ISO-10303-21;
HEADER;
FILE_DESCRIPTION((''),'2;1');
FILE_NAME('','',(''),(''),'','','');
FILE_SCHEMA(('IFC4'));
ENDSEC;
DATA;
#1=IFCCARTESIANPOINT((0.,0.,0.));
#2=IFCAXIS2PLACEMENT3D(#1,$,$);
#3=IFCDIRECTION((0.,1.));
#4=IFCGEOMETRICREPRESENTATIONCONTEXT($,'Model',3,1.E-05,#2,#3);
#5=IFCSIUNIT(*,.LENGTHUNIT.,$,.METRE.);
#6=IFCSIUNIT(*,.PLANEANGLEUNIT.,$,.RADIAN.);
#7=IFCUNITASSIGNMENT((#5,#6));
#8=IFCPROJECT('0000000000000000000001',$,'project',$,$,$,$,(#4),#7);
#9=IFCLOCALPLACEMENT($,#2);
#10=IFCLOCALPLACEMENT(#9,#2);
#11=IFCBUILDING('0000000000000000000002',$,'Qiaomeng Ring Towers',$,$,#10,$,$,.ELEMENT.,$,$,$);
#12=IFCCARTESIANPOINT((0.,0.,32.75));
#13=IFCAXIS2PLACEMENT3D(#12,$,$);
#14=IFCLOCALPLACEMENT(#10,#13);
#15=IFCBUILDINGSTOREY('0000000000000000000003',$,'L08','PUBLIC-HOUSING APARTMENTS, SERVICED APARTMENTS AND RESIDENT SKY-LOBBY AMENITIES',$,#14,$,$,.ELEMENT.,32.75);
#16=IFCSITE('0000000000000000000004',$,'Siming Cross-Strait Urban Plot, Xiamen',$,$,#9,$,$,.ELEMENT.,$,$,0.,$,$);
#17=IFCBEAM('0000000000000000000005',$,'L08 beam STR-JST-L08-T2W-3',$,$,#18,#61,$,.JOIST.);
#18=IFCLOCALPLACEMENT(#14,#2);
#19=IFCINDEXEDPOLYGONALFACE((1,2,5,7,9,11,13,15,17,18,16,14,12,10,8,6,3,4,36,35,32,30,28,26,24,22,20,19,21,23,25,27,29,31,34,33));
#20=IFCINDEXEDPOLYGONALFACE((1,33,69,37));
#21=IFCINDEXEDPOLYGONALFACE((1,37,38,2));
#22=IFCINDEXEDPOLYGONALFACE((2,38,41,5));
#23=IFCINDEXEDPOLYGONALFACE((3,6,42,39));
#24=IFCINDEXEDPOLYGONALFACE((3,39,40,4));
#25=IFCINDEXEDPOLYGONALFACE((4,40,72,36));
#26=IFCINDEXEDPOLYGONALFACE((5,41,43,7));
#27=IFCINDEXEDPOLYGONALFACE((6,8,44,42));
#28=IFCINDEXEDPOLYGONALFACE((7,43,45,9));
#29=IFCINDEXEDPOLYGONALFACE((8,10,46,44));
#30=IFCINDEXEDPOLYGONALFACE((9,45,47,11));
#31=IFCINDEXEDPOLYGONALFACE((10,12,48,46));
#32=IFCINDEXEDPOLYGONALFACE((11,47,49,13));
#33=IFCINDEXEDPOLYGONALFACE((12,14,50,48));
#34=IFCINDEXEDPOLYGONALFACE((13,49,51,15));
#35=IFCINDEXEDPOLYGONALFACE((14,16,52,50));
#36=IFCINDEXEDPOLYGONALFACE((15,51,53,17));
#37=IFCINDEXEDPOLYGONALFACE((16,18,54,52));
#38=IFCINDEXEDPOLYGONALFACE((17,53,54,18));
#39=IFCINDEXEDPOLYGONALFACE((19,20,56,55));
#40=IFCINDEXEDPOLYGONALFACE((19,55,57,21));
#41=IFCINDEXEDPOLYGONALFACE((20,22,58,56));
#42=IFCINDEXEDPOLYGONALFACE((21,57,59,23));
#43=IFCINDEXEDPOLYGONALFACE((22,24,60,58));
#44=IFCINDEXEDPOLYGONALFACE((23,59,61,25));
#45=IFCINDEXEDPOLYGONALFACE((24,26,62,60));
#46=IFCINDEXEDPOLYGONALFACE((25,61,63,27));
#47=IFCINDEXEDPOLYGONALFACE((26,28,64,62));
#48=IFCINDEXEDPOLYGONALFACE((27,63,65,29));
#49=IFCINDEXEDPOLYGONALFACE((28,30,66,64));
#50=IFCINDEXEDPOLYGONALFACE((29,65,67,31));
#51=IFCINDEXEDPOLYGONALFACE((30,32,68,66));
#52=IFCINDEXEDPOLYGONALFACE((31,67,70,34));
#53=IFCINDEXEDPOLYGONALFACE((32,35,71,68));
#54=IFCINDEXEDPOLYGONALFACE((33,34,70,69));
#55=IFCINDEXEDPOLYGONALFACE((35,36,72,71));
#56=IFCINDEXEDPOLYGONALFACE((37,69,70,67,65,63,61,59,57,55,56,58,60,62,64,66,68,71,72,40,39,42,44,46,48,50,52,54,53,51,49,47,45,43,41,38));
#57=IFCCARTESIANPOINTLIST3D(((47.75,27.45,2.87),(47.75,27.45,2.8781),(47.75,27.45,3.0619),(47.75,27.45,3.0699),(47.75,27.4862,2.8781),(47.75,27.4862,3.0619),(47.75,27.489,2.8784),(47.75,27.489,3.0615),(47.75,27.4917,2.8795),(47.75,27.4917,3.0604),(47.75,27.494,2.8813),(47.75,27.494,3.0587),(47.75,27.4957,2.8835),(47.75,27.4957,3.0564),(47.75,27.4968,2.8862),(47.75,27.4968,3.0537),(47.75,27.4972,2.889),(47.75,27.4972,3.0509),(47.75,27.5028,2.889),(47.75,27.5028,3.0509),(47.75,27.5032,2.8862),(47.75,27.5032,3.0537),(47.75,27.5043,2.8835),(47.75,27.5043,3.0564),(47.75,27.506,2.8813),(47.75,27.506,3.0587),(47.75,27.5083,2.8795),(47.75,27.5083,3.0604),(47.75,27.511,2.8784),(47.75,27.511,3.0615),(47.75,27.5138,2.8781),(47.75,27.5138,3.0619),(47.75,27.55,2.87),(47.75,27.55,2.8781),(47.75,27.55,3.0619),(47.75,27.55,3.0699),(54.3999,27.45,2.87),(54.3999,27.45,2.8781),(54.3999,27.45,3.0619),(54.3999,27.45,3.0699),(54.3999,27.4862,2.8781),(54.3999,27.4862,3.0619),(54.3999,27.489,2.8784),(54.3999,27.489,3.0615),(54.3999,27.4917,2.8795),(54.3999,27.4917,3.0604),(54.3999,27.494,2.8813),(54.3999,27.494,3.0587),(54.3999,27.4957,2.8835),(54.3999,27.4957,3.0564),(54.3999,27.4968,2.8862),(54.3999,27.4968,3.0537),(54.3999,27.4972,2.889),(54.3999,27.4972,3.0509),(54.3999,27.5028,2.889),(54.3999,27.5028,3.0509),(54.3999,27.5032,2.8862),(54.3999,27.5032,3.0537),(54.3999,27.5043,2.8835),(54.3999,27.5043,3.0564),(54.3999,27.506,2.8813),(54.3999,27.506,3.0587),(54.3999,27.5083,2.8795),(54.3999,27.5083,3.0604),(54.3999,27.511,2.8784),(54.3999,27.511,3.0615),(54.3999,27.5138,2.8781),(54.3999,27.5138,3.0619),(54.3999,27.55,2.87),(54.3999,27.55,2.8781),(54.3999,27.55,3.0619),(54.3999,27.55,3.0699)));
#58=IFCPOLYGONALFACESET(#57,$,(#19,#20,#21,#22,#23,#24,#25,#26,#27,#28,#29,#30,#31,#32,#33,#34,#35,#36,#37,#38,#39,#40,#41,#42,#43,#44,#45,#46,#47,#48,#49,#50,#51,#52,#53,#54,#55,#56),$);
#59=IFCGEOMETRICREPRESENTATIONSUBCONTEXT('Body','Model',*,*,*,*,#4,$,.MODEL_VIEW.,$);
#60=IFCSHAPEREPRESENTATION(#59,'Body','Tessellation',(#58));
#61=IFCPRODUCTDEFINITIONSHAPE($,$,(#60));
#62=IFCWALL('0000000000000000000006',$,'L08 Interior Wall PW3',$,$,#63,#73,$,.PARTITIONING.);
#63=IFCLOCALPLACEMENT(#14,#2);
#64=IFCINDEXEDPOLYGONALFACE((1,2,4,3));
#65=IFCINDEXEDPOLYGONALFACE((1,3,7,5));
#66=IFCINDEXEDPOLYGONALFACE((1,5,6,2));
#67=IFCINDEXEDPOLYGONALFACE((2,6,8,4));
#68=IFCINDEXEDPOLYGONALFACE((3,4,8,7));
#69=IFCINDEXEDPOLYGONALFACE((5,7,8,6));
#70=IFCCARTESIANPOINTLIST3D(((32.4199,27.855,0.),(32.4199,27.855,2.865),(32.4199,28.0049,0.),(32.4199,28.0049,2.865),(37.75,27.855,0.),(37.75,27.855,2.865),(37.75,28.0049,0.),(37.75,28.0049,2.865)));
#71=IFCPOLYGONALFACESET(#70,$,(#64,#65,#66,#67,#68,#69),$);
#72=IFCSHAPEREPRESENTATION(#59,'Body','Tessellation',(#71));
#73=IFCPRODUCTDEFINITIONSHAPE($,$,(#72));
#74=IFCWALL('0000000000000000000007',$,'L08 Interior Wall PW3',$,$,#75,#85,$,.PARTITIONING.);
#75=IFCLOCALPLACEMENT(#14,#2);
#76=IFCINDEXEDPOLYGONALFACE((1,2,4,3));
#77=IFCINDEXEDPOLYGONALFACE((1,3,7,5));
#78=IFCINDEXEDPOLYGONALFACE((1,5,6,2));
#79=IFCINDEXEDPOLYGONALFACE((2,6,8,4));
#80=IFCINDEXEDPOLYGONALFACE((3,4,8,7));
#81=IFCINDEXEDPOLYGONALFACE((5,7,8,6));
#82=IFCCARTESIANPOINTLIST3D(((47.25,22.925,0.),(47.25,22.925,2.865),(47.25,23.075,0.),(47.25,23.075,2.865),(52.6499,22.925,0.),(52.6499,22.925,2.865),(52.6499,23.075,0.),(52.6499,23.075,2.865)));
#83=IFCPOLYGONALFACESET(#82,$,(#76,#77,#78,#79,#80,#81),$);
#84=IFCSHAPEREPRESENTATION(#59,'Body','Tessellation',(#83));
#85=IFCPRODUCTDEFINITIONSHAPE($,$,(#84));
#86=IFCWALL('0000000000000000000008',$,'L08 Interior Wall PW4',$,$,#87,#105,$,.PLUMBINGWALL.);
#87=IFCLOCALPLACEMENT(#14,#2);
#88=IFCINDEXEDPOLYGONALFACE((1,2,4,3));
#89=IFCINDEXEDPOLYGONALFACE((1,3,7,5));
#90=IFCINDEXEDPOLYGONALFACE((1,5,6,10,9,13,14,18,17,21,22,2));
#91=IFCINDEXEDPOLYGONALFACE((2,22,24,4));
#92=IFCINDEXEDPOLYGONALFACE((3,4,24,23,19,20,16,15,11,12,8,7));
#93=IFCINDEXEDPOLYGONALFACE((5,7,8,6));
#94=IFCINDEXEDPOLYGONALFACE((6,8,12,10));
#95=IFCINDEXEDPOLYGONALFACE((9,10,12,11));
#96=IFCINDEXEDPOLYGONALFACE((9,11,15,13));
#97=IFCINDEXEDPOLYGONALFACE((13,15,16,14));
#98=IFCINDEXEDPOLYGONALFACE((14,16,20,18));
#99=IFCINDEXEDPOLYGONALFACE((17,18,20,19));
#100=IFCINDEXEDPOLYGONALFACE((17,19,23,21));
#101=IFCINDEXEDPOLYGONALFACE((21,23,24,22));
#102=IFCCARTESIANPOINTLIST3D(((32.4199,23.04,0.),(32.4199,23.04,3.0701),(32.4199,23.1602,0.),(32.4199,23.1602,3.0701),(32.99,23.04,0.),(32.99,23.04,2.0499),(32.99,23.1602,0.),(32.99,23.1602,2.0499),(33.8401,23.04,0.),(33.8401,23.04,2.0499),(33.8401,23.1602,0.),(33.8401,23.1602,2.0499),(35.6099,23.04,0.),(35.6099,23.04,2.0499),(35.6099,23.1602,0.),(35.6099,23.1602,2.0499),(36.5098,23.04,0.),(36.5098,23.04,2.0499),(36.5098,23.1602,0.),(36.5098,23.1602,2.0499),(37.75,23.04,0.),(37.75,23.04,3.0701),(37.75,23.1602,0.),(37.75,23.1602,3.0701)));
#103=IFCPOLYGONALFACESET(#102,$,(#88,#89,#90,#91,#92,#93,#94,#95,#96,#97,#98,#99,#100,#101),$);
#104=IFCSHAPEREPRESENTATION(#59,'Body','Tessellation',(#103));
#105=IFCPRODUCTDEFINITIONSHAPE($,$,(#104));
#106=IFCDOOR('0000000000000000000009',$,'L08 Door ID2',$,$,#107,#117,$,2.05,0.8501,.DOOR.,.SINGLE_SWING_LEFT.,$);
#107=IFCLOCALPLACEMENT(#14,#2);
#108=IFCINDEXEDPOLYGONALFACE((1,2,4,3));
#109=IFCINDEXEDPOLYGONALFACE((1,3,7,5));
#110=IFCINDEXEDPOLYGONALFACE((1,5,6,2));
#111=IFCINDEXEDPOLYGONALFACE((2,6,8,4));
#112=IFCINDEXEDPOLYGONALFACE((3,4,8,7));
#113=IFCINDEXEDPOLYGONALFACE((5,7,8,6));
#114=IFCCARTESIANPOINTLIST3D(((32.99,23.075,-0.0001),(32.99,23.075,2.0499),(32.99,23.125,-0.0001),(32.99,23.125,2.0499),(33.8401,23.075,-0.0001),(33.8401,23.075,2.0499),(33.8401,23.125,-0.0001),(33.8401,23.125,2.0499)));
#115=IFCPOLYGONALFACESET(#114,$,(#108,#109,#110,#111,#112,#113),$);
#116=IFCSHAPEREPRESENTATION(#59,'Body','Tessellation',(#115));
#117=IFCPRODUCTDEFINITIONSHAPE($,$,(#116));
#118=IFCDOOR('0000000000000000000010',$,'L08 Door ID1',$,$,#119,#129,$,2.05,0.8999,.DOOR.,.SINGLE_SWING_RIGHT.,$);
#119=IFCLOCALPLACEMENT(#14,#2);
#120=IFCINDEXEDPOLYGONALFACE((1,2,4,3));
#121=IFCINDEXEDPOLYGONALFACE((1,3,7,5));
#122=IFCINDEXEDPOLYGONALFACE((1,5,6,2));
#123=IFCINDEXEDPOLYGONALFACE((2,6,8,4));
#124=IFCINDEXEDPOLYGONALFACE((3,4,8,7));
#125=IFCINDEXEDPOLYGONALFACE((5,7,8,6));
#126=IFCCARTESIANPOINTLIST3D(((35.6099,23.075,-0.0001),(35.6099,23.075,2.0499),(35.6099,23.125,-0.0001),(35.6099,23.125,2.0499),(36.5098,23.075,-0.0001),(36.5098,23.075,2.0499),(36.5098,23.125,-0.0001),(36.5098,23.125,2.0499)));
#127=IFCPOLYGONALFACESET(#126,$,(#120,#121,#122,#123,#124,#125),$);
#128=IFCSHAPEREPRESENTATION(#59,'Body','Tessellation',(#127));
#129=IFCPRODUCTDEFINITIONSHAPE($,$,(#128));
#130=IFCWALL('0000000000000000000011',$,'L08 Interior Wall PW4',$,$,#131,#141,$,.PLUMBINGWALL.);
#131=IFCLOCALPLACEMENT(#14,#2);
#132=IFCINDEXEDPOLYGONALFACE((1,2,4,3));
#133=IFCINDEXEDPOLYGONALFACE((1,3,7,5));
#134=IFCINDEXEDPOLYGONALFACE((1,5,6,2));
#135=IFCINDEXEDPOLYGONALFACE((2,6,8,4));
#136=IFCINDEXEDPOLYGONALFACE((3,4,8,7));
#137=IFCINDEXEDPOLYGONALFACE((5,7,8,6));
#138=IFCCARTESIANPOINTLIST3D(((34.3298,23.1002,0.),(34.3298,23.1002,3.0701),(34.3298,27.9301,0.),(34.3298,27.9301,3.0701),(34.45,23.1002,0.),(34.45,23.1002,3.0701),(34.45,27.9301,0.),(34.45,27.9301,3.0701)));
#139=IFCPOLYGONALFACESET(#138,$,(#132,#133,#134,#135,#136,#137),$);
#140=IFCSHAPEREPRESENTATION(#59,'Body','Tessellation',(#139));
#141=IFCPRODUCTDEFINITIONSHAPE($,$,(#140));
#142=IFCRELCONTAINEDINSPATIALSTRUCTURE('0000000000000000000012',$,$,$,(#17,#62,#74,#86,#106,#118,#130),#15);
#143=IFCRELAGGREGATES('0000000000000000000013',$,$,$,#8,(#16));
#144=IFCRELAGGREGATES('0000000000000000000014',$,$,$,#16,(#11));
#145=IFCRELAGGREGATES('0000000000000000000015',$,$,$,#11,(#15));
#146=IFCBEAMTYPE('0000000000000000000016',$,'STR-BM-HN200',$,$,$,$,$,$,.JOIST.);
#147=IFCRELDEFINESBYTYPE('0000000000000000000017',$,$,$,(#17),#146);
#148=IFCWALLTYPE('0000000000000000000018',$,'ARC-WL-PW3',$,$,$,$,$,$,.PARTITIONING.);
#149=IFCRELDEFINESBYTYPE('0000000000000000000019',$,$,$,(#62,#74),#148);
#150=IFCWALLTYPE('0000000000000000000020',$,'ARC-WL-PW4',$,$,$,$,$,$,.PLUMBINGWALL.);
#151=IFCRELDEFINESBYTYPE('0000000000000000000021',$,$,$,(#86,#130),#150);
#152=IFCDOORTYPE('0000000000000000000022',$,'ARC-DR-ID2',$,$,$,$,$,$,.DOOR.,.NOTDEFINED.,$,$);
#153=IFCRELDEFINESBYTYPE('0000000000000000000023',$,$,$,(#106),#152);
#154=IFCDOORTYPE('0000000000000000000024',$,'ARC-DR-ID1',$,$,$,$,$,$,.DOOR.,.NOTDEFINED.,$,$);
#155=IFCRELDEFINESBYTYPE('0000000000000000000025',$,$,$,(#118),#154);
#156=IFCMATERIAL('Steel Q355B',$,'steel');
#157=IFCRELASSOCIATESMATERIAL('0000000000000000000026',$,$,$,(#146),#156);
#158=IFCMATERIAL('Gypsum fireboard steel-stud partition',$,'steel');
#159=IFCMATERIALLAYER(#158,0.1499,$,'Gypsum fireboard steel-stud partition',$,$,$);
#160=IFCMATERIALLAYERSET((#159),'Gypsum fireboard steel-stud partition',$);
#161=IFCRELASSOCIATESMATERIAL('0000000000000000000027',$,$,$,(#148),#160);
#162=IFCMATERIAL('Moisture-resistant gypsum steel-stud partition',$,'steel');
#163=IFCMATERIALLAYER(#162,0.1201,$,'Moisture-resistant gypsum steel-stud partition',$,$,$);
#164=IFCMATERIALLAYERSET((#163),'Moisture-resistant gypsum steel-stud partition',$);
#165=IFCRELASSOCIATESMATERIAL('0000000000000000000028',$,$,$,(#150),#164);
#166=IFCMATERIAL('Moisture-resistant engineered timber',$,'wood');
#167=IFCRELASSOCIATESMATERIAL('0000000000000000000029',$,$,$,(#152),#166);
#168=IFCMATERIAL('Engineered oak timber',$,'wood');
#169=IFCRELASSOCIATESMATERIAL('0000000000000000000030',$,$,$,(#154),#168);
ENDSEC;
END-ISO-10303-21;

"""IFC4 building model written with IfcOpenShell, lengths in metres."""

from ifc_helpers import new_model, si_unit, direction, frame, frame_2d, origin, origin_2d, place, context, subcontext, project, spatial, rectangle, i_section, extrude, source, transform, mapped, material, layer, layer_set, material_profile, profile_set, type_object, element, fill, save


model = new_model("IFC4")

# Units and contexts
model_context = context("Model", 3, precision=1e-05, world=origin(), true_north=direction((0.0, 1.0)))
body_context = subcontext(model_context, "Body", "Model", "MODEL_VIEW")
ifc_project = project(units=[si_unit("LENGTHUNIT", "METRE"), si_unit("PLANEANGLEUNIT", "RADIAN")], contexts=[model_context])

# Site, building, storey
site_placement = place(None, origin())
site = spatial("IfcSite", under=ifc_project, at=site_placement, Name="Siming Cross-Strait Urban Plot, Xiamen", CompositionType="ELEMENT", RefElevation=0.0)
building_placement = place(site_placement, origin())
building = spatial("IfcBuilding", under=site, at=building_placement, Name="Qiaomeng Ring Towers", CompositionType="ELEMENT")
storey_placement = place(building_placement, frame((0.0, 0.0, 32.75)))
storey = spatial("IfcBuildingStorey", under=building, at=storey_placement, Name="L08", Description="PUBLIC-HOUSING APARTMENTS, SERVICED APARTMENTS AND RESIDENT SKY-LOBBY AMENITIES", CompositionType="ELEMENT", Elevation=32.75)

# Beam
ifc_material_1 = material(Name="Steel Q355B", Category="steel")
ifc_material_profile_1 = material_profile(ifc_material_1, i_section(OverallWidth=0.1001, OverallDepth=0.2, WebThickness=0.0056, FlangeThickness=0.0081, FilletRadius=0.011, at=origin_2d()), Name="HN 200x100x5.5x8")
ifc_profile_set_1 = profile_set([ifc_material_profile_1], Name="Steel Q355B")
beam_type_1 = type_object("IfcBeamType", Name="STR-BM-HN200", PredefinedType="JOIST", material=ifc_profile_set_1)
shared_shape_1 = source(origin(), body_context, "Body", "SweptSolid", [
    extrude(i_section(OverallWidth=0.1001, OverallDepth=0.2, WebThickness=0.0056, FlangeThickness=0.0081, FilletRadius=0.011, at=origin_2d()), origin(), (0.0, 0.0, 1.0), 6.6499),
])
for number, where, z_axis, x_axis, name in (
    (1, (47.75, 27.5, 2.97), (1.0, 0.0, 0.0), (0.0, 1.0, 0.0), "L08 beam STR-JST-L08-T2W-3"),
):
    element("IfcBeam", number, at=place(storey_placement, frame(where, z_axis=z_axis, x_axis=x_axis)), inside=storey, type_object=beam_type_1, Name=name, PredefinedType="JOIST", context=body_context, shape_type="MappedRepresentation", body=[
        mapped(shared_shape_1, transform((0.0, 0.0, 0.0), x_axis=(1.0, 0.0, 0.0), y_axis=(0.0, 1.0, 0.0), z_axis=(0.0, 0.0, 1.0), scale=1.0)),
    ])

# Walls
ifc_material_2 = material(Name="Gypsum fireboard steel-stud partition", Category="steel")
ifc_layer_1 = layer(ifc_material_2, 0.1499, Name="Gypsum fireboard steel-stud partition")
ifc_layer_set_1 = layer_set([ifc_layer_1], Name="Gypsum fireboard steel-stud partition")
wall_type_1 = type_object("IfcWallType", Name="ARC-WL-PW3", PredefinedType="PARTITIONING", material=ifc_layer_set_1)
wall_1_placement = place(storey_placement, frame((32.4199, 27.9299, 0.0), z_axis=(0.0, 0.0, 1.0), x_axis=(1.0, 0.0, 0.0)))
element("IfcWall", 2, at=wall_1_placement, inside=storey, type_object=wall_type_1, Name="L08 Interior Wall PW3", PredefinedType="PARTITIONING", context=body_context, shape_type="SweptSolid", body=[
    extrude(rectangle(XDim=5.3301, YDim=0.1499, at=frame_2d((2.665, 0.0))), origin(), (0.0, 0.0, 1.0), 2.865),
])
wall_2_placement = place(storey_placement, frame((47.25, 23.0, 0.0), z_axis=(0.0, 0.0, 1.0), x_axis=(1.0, 0.0, 0.0)))
element("IfcWall", 3, at=wall_2_placement, inside=storey, type_object=wall_type_1, Name="L08 Interior Wall PW3", PredefinedType="PARTITIONING", context=body_context, shape_type="SweptSolid", body=[
    extrude(rectangle(XDim=5.3999, YDim=0.1499, at=frame_2d((2.7, 0.0))), origin(), (0.0, 0.0, 1.0), 2.865),
])

# Wall, openings, doors
ifc_material_3 = material(Name="Moisture-resistant gypsum steel-stud partition", Category="steel")
ifc_layer_2 = layer(ifc_material_3, 0.1201, Name="Moisture-resistant gypsum steel-stud partition")
ifc_layer_set_2 = layer_set([ifc_layer_2], Name="Moisture-resistant gypsum steel-stud partition")
wall_type_2 = type_object("IfcWallType", Name="ARC-WL-PW4", PredefinedType="PLUMBINGWALL", material=ifc_layer_set_2)
wall_3_placement = place(storey_placement, frame((32.4199, 23.1001, 0.0), z_axis=(0.0, 0.0, 1.0), x_axis=(1.0, 0.0, 0.0)))
wall_3 = element("IfcWall", 4, at=wall_3_placement, inside=storey, type_object=wall_type_2, Name="L08 Interior Wall PW4", PredefinedType="PLUMBINGWALL", context=body_context, shape_type="SweptSolid", body=[
    extrude(rectangle(XDim=5.3301, YDim=0.1201, at=frame_2d((2.665, 0.0))), origin(), (0.0, 0.0, 1.0), 3.0701),
])
opening_1_placement = place(wall_3_placement, frame((0.5701, 0.0, 0.0)))
opening_1 = element("IfcOpeningElement", 5, at=opening_1_placement, cuts=wall_3, PredefinedType="OPENING", context=body_context, shape_type="SweptSolid", body=[
    extrude(rectangle(XDim=0.8501, YDim=2.05, at=frame_2d((0.425, 1.0249))), frame((0.0, 0.0701, 0.0), z_axis=(0.0, -1.0, 0.0), x_axis=(1.0, 0.0, 0.0)), (0.0, 0.0, 1.0), 0.1401),
])
opening_2_placement = place(wall_3_placement, frame((3.1899, 0.0, 0.0)))
opening_2 = element("IfcOpeningElement", 6, at=opening_2_placement, cuts=wall_3, PredefinedType="OPENING", context=body_context, shape_type="SweptSolid", body=[
    extrude(rectangle(XDim=0.8999, YDim=2.05, at=frame_2d((0.45, 1.0249))), frame((0.0, 0.0701, 0.0), z_axis=(0.0, -1.0, 0.0), x_axis=(1.0, 0.0, 0.0)), (0.0, 0.0, 1.0), 0.1401),
])
ifc_material_4 = material(Name="Moisture-resistant engineered timber", Category="wood")
door_type_1 = type_object("IfcDoorType", Name="ARC-DR-ID2", OperationType="NOTDEFINED", PredefinedType="DOOR", material=ifc_material_4)
shared_shape_2 = source(origin(), body_context, "Body", "SweptSolid", [
    extrude(rectangle(XDim=0.8501, YDim=2.05, at=frame_2d((0.425, 1.0249))), frame((0.0, 0.0249, 0.0), z_axis=(0.0, -1.0, 0.0), x_axis=(1.0, 0.0, 0.0)), (0.0, 0.0, 1.0), 0.05),
])
door_1_placement = place(opening_1_placement, origin())
door_1 = element("IfcDoor", 7, at=door_1_placement, inside=storey, type_object=door_type_1, Name="L08 Door ID2", OperationType="SINGLE_SWING_LEFT", OverallHeight=2.05, OverallWidth=0.8501, PredefinedType="DOOR", context=body_context, shape_type="MappedRepresentation", body=[
    mapped(shared_shape_2, transform((0.0, 0.0, 0.0), x_axis=(1.0, 0.0, 0.0), y_axis=(0.0, 1.0, 0.0), z_axis=(0.0, 0.0, 1.0), scale=1.0)),
])
fill(opening_1, door_1)
ifc_material_5 = material(Name="Engineered oak timber", Category="wood")
door_type_2 = type_object("IfcDoorType", Name="ARC-DR-ID1", OperationType="NOTDEFINED", PredefinedType="DOOR", material=ifc_material_5)
shared_shape_3 = source(origin(), body_context, "Body", "SweptSolid", [
    extrude(rectangle(XDim=0.8999, YDim=2.05, at=frame_2d((0.45, 1.0249))), frame((0.0, 0.0249, 0.0), z_axis=(0.0, -1.0, 0.0), x_axis=(1.0, 0.0, 0.0)), (0.0, 0.0, 1.0), 0.05),
])
door_2_placement = place(opening_2_placement, origin())
door_2 = element("IfcDoor", 8, at=door_2_placement, inside=storey, type_object=door_type_2, Name="L08 Door ID1", OperationType="SINGLE_SWING_RIGHT", OverallHeight=2.05, OverallWidth=0.8999, PredefinedType="DOOR", context=body_context, shape_type="MappedRepresentation", body=[
    mapped(shared_shape_3, transform((0.0, 0.0, 0.0), x_axis=(1.0, 0.0, 0.0), y_axis=(0.0, 1.0, 0.0), z_axis=(0.0, 0.0, 1.0), scale=1.0)),
])
fill(opening_2, door_2)

# Wall
wall_4_placement = place(storey_placement, frame((34.3899, 23.1001, 0.0), z_axis=(0.0, 0.0, 1.0), x_axis=(0.0, 1.0, 0.0)))
element("IfcWall", 9, at=wall_4_placement, inside=storey, type_object=wall_type_2, Name="L08 Interior Wall PW4", PredefinedType="PLUMBINGWALL", context=body_context, shape_type="SweptSolid", body=[
    extrude(rectangle(XDim=4.8298, YDim=0.1201, at=frame_2d((2.415, 0.0))), origin(), (0.0, 0.0, 1.0), 3.0701),
])

save(model, "model.ifc")
